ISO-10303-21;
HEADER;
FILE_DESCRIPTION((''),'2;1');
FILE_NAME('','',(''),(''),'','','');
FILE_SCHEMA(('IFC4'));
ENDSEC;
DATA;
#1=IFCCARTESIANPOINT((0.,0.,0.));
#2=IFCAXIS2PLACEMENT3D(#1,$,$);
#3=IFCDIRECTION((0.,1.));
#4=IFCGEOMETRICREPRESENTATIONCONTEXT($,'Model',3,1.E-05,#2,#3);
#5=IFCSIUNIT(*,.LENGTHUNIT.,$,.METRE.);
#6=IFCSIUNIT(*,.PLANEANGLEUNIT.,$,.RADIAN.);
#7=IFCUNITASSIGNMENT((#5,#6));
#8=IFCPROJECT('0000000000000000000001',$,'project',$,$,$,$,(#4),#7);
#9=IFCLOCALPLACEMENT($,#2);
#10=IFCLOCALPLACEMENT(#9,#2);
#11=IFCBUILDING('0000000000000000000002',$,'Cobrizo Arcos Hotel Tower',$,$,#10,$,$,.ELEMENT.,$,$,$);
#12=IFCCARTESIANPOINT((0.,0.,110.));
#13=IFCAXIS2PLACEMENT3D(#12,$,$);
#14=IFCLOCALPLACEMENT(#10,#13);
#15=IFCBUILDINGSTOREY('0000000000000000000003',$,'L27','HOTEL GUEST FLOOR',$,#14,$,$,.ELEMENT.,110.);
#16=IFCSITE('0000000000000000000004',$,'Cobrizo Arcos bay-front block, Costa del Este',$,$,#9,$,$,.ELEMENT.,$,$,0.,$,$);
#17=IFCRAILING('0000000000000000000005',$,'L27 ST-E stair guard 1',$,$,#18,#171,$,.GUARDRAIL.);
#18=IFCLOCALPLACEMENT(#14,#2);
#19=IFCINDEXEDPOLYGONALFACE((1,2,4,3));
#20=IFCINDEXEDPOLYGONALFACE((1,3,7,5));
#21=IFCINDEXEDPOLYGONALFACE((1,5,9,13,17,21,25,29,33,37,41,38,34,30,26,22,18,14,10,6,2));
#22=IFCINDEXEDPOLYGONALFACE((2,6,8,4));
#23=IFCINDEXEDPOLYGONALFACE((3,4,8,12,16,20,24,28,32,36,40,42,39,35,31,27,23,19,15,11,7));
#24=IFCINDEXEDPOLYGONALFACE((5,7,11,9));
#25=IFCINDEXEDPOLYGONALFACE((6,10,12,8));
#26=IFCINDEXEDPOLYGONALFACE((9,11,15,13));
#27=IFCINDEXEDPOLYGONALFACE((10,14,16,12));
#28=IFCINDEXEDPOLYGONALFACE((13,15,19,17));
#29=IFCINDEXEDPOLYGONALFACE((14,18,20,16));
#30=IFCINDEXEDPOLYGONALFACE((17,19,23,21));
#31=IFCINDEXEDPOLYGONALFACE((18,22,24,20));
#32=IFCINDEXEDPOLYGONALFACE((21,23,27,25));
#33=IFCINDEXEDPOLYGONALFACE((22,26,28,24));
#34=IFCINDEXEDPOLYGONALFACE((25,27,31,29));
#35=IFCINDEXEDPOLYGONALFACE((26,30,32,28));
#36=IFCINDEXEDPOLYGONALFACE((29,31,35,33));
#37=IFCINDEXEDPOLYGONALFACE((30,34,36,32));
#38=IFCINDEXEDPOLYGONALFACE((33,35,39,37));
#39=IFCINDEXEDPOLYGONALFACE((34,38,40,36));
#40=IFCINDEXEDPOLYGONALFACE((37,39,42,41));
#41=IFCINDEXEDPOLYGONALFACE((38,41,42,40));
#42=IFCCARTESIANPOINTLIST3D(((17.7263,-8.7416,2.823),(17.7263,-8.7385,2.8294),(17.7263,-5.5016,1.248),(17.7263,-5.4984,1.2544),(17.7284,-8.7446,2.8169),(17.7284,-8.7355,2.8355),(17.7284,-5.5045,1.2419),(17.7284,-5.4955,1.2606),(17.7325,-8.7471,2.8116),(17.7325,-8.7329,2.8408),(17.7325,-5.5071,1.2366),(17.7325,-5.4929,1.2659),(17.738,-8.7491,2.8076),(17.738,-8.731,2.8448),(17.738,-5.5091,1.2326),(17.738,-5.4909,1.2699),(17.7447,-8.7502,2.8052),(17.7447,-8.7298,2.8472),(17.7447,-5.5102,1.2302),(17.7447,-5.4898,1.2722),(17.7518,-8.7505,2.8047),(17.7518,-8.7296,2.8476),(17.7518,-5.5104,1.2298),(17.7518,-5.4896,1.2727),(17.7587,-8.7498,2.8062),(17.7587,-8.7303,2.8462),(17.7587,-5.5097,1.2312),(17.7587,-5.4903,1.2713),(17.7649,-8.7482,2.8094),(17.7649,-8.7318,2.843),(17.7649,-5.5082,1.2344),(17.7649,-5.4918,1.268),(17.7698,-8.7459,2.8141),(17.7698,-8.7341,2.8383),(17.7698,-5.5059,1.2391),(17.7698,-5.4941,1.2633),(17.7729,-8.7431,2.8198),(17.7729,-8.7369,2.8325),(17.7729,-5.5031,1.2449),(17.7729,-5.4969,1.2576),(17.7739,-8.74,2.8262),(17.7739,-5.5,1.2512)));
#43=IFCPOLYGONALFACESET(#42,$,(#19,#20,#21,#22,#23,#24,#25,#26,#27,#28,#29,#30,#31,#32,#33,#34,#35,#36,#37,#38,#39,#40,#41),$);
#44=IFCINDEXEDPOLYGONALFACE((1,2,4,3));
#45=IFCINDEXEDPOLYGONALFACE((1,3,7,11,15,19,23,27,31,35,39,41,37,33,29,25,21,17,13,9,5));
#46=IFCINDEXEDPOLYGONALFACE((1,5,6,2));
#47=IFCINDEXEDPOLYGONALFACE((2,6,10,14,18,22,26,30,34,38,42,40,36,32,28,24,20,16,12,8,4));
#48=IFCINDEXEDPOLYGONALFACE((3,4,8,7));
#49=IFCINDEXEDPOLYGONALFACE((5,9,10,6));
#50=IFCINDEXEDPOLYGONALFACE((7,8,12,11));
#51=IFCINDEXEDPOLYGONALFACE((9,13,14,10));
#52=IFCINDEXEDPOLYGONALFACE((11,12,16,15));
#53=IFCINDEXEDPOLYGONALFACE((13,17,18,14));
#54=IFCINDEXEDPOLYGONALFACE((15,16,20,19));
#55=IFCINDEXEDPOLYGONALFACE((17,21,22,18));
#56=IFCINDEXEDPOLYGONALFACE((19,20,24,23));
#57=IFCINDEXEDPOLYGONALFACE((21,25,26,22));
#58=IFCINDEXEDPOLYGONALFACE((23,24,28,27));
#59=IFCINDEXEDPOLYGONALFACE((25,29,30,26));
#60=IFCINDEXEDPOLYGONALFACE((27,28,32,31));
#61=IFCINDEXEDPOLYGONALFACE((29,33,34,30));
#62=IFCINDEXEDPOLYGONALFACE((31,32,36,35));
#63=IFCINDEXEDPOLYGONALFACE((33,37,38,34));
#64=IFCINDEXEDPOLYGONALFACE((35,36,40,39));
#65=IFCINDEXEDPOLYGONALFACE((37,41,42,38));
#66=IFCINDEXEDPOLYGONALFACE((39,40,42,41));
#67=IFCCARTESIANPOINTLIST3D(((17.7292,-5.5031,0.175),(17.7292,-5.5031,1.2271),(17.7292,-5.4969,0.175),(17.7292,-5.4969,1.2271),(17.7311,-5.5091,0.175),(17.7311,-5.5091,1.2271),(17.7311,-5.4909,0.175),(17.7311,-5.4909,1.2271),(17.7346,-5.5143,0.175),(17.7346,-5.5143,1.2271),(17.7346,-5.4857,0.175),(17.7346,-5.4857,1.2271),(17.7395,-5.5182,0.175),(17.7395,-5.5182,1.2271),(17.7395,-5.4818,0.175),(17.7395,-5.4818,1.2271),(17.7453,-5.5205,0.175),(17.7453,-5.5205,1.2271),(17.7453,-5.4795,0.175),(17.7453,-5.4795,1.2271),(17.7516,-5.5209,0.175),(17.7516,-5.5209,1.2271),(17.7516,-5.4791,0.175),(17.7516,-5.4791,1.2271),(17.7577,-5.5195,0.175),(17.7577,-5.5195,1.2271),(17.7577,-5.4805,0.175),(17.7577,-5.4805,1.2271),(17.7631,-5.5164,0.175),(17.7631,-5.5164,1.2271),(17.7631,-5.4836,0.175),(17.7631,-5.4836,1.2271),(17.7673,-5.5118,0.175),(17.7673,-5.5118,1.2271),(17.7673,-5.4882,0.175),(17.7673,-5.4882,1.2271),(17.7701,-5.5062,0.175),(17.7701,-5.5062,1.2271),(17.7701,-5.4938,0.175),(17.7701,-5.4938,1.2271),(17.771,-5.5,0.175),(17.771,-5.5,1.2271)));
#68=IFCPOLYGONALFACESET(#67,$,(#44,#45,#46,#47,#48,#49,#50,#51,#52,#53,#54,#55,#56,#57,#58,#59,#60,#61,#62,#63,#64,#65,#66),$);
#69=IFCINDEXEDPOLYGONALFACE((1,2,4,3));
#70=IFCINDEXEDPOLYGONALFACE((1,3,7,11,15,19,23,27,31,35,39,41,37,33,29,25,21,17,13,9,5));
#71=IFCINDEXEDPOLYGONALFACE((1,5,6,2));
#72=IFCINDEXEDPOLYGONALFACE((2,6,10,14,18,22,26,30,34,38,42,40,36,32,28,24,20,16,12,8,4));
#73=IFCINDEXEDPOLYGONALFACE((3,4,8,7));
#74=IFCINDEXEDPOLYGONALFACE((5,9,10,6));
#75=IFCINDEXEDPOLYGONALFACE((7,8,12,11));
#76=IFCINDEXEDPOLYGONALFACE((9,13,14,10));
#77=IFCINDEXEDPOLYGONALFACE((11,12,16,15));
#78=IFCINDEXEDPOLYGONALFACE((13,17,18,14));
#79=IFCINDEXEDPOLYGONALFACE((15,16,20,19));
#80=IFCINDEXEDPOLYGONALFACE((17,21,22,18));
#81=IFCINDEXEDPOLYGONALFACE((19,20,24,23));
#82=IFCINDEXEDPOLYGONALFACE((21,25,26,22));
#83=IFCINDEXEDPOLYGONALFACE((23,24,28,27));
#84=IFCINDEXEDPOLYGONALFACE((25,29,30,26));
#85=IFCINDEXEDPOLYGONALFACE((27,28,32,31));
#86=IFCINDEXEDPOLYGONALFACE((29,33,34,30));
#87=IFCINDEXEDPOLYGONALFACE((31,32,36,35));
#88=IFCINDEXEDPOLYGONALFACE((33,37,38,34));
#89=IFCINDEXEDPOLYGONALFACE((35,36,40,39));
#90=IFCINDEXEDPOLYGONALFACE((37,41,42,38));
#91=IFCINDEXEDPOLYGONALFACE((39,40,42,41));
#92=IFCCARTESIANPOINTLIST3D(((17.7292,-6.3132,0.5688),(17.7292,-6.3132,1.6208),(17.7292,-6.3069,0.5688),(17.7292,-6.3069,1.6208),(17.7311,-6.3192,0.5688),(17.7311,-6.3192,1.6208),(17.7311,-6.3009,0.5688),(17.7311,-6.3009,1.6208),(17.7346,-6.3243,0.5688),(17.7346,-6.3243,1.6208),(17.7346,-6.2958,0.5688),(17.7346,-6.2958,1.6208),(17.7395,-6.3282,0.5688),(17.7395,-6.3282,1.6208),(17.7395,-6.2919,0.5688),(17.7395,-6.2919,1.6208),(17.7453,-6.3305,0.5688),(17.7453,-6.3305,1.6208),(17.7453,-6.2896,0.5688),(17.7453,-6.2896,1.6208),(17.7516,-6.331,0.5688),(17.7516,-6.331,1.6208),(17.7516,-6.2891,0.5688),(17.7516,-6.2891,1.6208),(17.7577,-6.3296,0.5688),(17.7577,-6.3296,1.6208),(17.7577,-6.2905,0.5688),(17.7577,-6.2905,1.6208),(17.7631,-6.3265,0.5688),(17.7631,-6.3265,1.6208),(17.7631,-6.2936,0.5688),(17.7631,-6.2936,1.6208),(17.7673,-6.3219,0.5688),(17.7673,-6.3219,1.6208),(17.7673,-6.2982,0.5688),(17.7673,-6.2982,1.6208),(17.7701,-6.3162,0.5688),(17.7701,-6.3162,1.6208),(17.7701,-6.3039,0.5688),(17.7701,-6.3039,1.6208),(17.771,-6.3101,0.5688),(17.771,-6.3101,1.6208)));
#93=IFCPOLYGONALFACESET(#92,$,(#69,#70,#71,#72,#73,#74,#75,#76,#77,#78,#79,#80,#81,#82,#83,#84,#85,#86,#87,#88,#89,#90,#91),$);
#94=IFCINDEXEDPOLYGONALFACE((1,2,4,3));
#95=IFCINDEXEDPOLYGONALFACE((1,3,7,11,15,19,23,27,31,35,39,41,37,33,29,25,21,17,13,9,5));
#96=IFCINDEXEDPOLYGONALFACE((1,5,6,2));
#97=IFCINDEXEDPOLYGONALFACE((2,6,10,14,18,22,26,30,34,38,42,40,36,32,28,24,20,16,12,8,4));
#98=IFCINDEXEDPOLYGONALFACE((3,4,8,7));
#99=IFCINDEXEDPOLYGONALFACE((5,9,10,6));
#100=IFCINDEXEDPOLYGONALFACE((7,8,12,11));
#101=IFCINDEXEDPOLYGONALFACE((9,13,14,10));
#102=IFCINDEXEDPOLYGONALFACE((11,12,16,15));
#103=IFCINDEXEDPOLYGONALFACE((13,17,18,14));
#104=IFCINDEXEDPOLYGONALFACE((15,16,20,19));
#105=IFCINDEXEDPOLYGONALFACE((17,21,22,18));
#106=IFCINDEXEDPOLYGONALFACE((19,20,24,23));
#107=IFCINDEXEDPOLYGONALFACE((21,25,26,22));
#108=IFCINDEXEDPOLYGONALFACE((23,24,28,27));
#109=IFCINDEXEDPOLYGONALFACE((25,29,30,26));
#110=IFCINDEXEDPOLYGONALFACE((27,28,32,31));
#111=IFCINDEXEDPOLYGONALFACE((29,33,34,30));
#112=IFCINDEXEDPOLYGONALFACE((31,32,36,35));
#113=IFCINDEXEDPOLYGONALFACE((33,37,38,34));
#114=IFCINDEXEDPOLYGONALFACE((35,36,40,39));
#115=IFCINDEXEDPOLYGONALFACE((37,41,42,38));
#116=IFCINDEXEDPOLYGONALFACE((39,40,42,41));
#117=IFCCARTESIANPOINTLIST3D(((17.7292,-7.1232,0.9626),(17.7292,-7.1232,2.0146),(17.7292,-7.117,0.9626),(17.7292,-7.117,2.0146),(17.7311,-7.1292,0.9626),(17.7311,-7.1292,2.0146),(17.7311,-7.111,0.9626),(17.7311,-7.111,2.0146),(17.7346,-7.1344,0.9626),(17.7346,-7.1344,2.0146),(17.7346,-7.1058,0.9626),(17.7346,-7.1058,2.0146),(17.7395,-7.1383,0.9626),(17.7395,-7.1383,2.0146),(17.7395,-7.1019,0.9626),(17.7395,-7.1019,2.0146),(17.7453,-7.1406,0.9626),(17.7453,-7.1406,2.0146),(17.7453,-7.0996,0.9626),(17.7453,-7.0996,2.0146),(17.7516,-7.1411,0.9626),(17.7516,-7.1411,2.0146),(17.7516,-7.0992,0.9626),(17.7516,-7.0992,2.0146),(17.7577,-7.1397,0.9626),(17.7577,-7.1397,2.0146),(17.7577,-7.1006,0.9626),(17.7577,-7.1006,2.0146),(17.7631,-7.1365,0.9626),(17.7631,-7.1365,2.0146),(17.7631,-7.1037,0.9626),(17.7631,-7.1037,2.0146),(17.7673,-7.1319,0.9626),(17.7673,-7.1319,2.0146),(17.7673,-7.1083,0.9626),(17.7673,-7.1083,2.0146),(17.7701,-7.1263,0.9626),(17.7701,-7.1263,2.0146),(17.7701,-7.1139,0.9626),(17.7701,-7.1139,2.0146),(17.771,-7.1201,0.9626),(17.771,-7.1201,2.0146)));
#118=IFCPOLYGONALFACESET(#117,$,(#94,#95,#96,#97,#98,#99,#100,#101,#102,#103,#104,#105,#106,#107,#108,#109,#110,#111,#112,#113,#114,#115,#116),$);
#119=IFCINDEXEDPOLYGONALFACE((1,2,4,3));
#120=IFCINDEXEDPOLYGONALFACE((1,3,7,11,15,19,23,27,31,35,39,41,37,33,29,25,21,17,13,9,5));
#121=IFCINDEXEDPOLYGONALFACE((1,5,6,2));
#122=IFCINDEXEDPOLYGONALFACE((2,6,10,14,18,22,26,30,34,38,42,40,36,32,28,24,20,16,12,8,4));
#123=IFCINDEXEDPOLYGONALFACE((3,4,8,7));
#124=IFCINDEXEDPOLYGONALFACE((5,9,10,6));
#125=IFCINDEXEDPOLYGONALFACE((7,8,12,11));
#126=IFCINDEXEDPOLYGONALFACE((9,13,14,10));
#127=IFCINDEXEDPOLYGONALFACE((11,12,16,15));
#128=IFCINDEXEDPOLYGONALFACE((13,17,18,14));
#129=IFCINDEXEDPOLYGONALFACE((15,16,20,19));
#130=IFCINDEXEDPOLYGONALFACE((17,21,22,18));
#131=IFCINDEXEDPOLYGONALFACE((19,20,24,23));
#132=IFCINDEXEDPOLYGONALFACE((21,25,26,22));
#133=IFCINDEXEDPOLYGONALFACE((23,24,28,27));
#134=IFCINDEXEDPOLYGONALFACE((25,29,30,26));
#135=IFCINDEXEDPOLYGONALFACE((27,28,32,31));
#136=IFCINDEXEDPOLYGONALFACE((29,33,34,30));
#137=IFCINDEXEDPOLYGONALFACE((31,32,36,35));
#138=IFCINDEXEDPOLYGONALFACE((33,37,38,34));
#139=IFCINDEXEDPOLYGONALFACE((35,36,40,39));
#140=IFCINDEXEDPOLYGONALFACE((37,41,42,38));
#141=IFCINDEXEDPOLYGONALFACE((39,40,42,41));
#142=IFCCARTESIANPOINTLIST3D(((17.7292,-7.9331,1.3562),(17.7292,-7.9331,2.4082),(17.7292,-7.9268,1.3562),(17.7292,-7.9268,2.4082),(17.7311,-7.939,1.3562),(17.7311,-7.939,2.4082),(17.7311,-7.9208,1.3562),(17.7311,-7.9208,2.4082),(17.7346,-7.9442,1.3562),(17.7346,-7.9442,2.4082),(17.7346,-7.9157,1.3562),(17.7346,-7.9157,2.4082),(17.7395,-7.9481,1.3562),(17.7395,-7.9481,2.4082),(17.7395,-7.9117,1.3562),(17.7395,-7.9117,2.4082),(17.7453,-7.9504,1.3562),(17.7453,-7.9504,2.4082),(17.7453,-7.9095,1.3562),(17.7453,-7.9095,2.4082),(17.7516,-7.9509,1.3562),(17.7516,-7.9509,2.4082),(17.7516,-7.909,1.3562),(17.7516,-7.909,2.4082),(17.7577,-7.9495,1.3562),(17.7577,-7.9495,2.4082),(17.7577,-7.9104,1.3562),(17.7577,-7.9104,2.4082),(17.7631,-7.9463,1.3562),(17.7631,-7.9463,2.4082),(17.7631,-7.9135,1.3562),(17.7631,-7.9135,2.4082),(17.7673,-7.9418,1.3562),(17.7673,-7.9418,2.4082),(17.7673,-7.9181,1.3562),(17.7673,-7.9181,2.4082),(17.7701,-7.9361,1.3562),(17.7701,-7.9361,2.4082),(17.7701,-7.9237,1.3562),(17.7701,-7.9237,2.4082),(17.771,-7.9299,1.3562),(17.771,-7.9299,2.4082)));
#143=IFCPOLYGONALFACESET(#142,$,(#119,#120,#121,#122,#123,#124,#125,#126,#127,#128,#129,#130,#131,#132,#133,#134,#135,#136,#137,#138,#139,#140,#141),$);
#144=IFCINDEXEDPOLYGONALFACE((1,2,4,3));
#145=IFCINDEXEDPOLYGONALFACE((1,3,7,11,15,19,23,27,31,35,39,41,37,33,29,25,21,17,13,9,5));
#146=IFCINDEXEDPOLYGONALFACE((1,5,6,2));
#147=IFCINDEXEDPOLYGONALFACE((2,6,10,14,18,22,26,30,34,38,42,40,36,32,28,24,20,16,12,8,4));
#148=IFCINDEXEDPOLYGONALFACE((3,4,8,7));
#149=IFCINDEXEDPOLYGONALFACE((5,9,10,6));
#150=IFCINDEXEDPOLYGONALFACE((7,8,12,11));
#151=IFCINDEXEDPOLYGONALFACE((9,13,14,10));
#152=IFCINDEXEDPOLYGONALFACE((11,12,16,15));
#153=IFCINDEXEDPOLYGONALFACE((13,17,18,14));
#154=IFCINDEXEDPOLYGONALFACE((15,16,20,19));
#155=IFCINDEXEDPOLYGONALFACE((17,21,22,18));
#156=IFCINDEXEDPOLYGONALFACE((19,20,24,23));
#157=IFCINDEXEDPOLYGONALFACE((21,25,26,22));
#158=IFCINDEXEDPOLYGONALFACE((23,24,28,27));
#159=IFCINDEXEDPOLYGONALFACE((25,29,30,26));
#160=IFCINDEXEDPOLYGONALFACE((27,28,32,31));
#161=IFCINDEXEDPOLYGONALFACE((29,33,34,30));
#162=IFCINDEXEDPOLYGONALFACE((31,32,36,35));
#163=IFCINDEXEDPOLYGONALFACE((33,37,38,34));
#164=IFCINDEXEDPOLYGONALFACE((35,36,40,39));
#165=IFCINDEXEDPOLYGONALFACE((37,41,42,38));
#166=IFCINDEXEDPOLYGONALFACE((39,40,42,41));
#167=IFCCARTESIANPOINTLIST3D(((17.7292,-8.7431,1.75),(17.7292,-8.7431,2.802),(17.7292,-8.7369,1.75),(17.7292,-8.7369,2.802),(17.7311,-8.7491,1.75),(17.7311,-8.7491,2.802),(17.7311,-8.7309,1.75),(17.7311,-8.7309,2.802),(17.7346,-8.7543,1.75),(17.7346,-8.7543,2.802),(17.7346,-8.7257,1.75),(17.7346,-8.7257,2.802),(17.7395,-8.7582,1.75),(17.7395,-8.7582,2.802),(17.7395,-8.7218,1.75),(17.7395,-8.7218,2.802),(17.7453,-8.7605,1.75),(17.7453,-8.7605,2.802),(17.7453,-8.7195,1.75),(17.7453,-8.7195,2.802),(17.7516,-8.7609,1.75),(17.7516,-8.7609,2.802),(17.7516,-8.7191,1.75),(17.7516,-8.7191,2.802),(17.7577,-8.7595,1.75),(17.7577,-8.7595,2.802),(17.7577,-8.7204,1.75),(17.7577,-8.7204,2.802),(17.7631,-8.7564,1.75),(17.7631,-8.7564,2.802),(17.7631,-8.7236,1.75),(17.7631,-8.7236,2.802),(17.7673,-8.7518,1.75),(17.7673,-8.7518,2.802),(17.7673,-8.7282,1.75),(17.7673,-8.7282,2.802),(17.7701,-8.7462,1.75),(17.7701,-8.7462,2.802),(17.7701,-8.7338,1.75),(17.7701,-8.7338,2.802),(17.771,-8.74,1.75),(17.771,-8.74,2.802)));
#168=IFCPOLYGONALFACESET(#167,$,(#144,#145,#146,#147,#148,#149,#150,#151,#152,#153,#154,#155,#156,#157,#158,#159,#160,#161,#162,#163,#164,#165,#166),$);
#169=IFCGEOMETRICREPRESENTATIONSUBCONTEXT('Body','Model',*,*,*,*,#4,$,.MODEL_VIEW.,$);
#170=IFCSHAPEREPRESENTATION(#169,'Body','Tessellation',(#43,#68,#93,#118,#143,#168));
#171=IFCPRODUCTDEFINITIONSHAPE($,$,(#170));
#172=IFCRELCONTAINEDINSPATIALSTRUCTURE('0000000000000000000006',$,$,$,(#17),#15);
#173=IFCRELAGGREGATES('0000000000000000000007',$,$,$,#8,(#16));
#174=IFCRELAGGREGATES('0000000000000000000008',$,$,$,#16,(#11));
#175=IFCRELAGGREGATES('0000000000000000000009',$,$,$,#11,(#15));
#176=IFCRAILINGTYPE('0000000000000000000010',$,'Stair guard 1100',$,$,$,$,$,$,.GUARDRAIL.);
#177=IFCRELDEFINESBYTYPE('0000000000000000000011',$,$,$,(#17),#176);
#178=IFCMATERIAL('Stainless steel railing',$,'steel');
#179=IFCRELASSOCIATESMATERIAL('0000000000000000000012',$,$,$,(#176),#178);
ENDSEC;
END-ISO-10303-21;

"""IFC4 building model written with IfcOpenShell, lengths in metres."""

from ifc_helpers import new_model, si_unit, direction, frame, origin, origin_2d, place, context, subcontext, project, spatial, circle, extrude, material, type_object, element, save


model = new_model("IFC4")

# Units and contexts
model_context = context("Model", 3, precision=1e-05, world=origin(), true_north=direction((0.0, 1.0)))
body_context = subcontext(model_context, "Body", "Model", "MODEL_VIEW")
ifc_project = project(units=[si_unit("LENGTHUNIT", "METRE"), si_unit("PLANEANGLEUNIT", "RADIAN")], contexts=[model_context])

# Site, building, storey
site_placement = place(None, origin())
site = spatial("IfcSite", under=ifc_project, at=site_placement, Name="Cobrizo Arcos bay-front block, Costa del Este", CompositionType="ELEMENT", RefElevation=0.0)
building_placement = place(site_placement, origin())
building = spatial("IfcBuilding", under=site, at=building_placement, Name="Cobrizo Arcos Hotel Tower", CompositionType="ELEMENT")
storey_placement = place(building_placement, frame((0.0, 0.0, 110.0)))
storey = spatial("IfcBuildingStorey", under=building, at=storey_placement, Name="L27", Description="HOTEL GUEST FLOOR", CompositionType="ELEMENT", Elevation=110.0)

# Railing
ifc_material_1 = material(Name="Stainless steel railing", Category="steel")
railing_type_1 = type_object("IfcRailingType", Name="Stair guard 1100", PredefinedType="GUARDRAIL", material=ifc_material_1)
railing_1_placement = place(storey_placement, frame((17.75, -5.5, 0.175)))
element("IfcRailing", 1, at=railing_1_placement, inside=storey, type_object=railing_type_1, Name="L27 ST-E stair guard 1", PredefinedType="GUARDRAIL", context=body_context, shape_type="SweptSolid", body=[
    extrude(circle(Radius=0.0239, at=origin_2d()), frame((0.0, 0.0, 1.0762), z_axis=(0.0, -0.899373, 0.437183), x_axis=(1.0, 0.0, 0.0)), (0.0, 0.0, 1.0), 3.6025),
    extrude(circle(Radius=0.021, at=origin_2d()), origin(), (0.0, 0.0, 1.0), 1.052),
    extrude(circle(Radius=0.021, at=origin_2d()), frame((0.0, -0.8101, 0.3938)), (0.0, 0.0, 1.0), 1.052),
    extrude(circle(Radius=0.021, at=origin_2d()), frame((0.0, -1.6201, 0.7876)), (0.0, 0.0, 1.0), 1.052),
    extrude(circle(Radius=0.021, at=origin_2d()), frame((0.0, -2.4299, 1.1812)), (0.0, 0.0, 1.0), 1.052),
    extrude(circle(Radius=0.021, at=origin_2d()), frame((0.0, -3.24, 1.575)), (0.0, 0.0, 1.0), 1.052),
])

save(model, "model.ifc")
